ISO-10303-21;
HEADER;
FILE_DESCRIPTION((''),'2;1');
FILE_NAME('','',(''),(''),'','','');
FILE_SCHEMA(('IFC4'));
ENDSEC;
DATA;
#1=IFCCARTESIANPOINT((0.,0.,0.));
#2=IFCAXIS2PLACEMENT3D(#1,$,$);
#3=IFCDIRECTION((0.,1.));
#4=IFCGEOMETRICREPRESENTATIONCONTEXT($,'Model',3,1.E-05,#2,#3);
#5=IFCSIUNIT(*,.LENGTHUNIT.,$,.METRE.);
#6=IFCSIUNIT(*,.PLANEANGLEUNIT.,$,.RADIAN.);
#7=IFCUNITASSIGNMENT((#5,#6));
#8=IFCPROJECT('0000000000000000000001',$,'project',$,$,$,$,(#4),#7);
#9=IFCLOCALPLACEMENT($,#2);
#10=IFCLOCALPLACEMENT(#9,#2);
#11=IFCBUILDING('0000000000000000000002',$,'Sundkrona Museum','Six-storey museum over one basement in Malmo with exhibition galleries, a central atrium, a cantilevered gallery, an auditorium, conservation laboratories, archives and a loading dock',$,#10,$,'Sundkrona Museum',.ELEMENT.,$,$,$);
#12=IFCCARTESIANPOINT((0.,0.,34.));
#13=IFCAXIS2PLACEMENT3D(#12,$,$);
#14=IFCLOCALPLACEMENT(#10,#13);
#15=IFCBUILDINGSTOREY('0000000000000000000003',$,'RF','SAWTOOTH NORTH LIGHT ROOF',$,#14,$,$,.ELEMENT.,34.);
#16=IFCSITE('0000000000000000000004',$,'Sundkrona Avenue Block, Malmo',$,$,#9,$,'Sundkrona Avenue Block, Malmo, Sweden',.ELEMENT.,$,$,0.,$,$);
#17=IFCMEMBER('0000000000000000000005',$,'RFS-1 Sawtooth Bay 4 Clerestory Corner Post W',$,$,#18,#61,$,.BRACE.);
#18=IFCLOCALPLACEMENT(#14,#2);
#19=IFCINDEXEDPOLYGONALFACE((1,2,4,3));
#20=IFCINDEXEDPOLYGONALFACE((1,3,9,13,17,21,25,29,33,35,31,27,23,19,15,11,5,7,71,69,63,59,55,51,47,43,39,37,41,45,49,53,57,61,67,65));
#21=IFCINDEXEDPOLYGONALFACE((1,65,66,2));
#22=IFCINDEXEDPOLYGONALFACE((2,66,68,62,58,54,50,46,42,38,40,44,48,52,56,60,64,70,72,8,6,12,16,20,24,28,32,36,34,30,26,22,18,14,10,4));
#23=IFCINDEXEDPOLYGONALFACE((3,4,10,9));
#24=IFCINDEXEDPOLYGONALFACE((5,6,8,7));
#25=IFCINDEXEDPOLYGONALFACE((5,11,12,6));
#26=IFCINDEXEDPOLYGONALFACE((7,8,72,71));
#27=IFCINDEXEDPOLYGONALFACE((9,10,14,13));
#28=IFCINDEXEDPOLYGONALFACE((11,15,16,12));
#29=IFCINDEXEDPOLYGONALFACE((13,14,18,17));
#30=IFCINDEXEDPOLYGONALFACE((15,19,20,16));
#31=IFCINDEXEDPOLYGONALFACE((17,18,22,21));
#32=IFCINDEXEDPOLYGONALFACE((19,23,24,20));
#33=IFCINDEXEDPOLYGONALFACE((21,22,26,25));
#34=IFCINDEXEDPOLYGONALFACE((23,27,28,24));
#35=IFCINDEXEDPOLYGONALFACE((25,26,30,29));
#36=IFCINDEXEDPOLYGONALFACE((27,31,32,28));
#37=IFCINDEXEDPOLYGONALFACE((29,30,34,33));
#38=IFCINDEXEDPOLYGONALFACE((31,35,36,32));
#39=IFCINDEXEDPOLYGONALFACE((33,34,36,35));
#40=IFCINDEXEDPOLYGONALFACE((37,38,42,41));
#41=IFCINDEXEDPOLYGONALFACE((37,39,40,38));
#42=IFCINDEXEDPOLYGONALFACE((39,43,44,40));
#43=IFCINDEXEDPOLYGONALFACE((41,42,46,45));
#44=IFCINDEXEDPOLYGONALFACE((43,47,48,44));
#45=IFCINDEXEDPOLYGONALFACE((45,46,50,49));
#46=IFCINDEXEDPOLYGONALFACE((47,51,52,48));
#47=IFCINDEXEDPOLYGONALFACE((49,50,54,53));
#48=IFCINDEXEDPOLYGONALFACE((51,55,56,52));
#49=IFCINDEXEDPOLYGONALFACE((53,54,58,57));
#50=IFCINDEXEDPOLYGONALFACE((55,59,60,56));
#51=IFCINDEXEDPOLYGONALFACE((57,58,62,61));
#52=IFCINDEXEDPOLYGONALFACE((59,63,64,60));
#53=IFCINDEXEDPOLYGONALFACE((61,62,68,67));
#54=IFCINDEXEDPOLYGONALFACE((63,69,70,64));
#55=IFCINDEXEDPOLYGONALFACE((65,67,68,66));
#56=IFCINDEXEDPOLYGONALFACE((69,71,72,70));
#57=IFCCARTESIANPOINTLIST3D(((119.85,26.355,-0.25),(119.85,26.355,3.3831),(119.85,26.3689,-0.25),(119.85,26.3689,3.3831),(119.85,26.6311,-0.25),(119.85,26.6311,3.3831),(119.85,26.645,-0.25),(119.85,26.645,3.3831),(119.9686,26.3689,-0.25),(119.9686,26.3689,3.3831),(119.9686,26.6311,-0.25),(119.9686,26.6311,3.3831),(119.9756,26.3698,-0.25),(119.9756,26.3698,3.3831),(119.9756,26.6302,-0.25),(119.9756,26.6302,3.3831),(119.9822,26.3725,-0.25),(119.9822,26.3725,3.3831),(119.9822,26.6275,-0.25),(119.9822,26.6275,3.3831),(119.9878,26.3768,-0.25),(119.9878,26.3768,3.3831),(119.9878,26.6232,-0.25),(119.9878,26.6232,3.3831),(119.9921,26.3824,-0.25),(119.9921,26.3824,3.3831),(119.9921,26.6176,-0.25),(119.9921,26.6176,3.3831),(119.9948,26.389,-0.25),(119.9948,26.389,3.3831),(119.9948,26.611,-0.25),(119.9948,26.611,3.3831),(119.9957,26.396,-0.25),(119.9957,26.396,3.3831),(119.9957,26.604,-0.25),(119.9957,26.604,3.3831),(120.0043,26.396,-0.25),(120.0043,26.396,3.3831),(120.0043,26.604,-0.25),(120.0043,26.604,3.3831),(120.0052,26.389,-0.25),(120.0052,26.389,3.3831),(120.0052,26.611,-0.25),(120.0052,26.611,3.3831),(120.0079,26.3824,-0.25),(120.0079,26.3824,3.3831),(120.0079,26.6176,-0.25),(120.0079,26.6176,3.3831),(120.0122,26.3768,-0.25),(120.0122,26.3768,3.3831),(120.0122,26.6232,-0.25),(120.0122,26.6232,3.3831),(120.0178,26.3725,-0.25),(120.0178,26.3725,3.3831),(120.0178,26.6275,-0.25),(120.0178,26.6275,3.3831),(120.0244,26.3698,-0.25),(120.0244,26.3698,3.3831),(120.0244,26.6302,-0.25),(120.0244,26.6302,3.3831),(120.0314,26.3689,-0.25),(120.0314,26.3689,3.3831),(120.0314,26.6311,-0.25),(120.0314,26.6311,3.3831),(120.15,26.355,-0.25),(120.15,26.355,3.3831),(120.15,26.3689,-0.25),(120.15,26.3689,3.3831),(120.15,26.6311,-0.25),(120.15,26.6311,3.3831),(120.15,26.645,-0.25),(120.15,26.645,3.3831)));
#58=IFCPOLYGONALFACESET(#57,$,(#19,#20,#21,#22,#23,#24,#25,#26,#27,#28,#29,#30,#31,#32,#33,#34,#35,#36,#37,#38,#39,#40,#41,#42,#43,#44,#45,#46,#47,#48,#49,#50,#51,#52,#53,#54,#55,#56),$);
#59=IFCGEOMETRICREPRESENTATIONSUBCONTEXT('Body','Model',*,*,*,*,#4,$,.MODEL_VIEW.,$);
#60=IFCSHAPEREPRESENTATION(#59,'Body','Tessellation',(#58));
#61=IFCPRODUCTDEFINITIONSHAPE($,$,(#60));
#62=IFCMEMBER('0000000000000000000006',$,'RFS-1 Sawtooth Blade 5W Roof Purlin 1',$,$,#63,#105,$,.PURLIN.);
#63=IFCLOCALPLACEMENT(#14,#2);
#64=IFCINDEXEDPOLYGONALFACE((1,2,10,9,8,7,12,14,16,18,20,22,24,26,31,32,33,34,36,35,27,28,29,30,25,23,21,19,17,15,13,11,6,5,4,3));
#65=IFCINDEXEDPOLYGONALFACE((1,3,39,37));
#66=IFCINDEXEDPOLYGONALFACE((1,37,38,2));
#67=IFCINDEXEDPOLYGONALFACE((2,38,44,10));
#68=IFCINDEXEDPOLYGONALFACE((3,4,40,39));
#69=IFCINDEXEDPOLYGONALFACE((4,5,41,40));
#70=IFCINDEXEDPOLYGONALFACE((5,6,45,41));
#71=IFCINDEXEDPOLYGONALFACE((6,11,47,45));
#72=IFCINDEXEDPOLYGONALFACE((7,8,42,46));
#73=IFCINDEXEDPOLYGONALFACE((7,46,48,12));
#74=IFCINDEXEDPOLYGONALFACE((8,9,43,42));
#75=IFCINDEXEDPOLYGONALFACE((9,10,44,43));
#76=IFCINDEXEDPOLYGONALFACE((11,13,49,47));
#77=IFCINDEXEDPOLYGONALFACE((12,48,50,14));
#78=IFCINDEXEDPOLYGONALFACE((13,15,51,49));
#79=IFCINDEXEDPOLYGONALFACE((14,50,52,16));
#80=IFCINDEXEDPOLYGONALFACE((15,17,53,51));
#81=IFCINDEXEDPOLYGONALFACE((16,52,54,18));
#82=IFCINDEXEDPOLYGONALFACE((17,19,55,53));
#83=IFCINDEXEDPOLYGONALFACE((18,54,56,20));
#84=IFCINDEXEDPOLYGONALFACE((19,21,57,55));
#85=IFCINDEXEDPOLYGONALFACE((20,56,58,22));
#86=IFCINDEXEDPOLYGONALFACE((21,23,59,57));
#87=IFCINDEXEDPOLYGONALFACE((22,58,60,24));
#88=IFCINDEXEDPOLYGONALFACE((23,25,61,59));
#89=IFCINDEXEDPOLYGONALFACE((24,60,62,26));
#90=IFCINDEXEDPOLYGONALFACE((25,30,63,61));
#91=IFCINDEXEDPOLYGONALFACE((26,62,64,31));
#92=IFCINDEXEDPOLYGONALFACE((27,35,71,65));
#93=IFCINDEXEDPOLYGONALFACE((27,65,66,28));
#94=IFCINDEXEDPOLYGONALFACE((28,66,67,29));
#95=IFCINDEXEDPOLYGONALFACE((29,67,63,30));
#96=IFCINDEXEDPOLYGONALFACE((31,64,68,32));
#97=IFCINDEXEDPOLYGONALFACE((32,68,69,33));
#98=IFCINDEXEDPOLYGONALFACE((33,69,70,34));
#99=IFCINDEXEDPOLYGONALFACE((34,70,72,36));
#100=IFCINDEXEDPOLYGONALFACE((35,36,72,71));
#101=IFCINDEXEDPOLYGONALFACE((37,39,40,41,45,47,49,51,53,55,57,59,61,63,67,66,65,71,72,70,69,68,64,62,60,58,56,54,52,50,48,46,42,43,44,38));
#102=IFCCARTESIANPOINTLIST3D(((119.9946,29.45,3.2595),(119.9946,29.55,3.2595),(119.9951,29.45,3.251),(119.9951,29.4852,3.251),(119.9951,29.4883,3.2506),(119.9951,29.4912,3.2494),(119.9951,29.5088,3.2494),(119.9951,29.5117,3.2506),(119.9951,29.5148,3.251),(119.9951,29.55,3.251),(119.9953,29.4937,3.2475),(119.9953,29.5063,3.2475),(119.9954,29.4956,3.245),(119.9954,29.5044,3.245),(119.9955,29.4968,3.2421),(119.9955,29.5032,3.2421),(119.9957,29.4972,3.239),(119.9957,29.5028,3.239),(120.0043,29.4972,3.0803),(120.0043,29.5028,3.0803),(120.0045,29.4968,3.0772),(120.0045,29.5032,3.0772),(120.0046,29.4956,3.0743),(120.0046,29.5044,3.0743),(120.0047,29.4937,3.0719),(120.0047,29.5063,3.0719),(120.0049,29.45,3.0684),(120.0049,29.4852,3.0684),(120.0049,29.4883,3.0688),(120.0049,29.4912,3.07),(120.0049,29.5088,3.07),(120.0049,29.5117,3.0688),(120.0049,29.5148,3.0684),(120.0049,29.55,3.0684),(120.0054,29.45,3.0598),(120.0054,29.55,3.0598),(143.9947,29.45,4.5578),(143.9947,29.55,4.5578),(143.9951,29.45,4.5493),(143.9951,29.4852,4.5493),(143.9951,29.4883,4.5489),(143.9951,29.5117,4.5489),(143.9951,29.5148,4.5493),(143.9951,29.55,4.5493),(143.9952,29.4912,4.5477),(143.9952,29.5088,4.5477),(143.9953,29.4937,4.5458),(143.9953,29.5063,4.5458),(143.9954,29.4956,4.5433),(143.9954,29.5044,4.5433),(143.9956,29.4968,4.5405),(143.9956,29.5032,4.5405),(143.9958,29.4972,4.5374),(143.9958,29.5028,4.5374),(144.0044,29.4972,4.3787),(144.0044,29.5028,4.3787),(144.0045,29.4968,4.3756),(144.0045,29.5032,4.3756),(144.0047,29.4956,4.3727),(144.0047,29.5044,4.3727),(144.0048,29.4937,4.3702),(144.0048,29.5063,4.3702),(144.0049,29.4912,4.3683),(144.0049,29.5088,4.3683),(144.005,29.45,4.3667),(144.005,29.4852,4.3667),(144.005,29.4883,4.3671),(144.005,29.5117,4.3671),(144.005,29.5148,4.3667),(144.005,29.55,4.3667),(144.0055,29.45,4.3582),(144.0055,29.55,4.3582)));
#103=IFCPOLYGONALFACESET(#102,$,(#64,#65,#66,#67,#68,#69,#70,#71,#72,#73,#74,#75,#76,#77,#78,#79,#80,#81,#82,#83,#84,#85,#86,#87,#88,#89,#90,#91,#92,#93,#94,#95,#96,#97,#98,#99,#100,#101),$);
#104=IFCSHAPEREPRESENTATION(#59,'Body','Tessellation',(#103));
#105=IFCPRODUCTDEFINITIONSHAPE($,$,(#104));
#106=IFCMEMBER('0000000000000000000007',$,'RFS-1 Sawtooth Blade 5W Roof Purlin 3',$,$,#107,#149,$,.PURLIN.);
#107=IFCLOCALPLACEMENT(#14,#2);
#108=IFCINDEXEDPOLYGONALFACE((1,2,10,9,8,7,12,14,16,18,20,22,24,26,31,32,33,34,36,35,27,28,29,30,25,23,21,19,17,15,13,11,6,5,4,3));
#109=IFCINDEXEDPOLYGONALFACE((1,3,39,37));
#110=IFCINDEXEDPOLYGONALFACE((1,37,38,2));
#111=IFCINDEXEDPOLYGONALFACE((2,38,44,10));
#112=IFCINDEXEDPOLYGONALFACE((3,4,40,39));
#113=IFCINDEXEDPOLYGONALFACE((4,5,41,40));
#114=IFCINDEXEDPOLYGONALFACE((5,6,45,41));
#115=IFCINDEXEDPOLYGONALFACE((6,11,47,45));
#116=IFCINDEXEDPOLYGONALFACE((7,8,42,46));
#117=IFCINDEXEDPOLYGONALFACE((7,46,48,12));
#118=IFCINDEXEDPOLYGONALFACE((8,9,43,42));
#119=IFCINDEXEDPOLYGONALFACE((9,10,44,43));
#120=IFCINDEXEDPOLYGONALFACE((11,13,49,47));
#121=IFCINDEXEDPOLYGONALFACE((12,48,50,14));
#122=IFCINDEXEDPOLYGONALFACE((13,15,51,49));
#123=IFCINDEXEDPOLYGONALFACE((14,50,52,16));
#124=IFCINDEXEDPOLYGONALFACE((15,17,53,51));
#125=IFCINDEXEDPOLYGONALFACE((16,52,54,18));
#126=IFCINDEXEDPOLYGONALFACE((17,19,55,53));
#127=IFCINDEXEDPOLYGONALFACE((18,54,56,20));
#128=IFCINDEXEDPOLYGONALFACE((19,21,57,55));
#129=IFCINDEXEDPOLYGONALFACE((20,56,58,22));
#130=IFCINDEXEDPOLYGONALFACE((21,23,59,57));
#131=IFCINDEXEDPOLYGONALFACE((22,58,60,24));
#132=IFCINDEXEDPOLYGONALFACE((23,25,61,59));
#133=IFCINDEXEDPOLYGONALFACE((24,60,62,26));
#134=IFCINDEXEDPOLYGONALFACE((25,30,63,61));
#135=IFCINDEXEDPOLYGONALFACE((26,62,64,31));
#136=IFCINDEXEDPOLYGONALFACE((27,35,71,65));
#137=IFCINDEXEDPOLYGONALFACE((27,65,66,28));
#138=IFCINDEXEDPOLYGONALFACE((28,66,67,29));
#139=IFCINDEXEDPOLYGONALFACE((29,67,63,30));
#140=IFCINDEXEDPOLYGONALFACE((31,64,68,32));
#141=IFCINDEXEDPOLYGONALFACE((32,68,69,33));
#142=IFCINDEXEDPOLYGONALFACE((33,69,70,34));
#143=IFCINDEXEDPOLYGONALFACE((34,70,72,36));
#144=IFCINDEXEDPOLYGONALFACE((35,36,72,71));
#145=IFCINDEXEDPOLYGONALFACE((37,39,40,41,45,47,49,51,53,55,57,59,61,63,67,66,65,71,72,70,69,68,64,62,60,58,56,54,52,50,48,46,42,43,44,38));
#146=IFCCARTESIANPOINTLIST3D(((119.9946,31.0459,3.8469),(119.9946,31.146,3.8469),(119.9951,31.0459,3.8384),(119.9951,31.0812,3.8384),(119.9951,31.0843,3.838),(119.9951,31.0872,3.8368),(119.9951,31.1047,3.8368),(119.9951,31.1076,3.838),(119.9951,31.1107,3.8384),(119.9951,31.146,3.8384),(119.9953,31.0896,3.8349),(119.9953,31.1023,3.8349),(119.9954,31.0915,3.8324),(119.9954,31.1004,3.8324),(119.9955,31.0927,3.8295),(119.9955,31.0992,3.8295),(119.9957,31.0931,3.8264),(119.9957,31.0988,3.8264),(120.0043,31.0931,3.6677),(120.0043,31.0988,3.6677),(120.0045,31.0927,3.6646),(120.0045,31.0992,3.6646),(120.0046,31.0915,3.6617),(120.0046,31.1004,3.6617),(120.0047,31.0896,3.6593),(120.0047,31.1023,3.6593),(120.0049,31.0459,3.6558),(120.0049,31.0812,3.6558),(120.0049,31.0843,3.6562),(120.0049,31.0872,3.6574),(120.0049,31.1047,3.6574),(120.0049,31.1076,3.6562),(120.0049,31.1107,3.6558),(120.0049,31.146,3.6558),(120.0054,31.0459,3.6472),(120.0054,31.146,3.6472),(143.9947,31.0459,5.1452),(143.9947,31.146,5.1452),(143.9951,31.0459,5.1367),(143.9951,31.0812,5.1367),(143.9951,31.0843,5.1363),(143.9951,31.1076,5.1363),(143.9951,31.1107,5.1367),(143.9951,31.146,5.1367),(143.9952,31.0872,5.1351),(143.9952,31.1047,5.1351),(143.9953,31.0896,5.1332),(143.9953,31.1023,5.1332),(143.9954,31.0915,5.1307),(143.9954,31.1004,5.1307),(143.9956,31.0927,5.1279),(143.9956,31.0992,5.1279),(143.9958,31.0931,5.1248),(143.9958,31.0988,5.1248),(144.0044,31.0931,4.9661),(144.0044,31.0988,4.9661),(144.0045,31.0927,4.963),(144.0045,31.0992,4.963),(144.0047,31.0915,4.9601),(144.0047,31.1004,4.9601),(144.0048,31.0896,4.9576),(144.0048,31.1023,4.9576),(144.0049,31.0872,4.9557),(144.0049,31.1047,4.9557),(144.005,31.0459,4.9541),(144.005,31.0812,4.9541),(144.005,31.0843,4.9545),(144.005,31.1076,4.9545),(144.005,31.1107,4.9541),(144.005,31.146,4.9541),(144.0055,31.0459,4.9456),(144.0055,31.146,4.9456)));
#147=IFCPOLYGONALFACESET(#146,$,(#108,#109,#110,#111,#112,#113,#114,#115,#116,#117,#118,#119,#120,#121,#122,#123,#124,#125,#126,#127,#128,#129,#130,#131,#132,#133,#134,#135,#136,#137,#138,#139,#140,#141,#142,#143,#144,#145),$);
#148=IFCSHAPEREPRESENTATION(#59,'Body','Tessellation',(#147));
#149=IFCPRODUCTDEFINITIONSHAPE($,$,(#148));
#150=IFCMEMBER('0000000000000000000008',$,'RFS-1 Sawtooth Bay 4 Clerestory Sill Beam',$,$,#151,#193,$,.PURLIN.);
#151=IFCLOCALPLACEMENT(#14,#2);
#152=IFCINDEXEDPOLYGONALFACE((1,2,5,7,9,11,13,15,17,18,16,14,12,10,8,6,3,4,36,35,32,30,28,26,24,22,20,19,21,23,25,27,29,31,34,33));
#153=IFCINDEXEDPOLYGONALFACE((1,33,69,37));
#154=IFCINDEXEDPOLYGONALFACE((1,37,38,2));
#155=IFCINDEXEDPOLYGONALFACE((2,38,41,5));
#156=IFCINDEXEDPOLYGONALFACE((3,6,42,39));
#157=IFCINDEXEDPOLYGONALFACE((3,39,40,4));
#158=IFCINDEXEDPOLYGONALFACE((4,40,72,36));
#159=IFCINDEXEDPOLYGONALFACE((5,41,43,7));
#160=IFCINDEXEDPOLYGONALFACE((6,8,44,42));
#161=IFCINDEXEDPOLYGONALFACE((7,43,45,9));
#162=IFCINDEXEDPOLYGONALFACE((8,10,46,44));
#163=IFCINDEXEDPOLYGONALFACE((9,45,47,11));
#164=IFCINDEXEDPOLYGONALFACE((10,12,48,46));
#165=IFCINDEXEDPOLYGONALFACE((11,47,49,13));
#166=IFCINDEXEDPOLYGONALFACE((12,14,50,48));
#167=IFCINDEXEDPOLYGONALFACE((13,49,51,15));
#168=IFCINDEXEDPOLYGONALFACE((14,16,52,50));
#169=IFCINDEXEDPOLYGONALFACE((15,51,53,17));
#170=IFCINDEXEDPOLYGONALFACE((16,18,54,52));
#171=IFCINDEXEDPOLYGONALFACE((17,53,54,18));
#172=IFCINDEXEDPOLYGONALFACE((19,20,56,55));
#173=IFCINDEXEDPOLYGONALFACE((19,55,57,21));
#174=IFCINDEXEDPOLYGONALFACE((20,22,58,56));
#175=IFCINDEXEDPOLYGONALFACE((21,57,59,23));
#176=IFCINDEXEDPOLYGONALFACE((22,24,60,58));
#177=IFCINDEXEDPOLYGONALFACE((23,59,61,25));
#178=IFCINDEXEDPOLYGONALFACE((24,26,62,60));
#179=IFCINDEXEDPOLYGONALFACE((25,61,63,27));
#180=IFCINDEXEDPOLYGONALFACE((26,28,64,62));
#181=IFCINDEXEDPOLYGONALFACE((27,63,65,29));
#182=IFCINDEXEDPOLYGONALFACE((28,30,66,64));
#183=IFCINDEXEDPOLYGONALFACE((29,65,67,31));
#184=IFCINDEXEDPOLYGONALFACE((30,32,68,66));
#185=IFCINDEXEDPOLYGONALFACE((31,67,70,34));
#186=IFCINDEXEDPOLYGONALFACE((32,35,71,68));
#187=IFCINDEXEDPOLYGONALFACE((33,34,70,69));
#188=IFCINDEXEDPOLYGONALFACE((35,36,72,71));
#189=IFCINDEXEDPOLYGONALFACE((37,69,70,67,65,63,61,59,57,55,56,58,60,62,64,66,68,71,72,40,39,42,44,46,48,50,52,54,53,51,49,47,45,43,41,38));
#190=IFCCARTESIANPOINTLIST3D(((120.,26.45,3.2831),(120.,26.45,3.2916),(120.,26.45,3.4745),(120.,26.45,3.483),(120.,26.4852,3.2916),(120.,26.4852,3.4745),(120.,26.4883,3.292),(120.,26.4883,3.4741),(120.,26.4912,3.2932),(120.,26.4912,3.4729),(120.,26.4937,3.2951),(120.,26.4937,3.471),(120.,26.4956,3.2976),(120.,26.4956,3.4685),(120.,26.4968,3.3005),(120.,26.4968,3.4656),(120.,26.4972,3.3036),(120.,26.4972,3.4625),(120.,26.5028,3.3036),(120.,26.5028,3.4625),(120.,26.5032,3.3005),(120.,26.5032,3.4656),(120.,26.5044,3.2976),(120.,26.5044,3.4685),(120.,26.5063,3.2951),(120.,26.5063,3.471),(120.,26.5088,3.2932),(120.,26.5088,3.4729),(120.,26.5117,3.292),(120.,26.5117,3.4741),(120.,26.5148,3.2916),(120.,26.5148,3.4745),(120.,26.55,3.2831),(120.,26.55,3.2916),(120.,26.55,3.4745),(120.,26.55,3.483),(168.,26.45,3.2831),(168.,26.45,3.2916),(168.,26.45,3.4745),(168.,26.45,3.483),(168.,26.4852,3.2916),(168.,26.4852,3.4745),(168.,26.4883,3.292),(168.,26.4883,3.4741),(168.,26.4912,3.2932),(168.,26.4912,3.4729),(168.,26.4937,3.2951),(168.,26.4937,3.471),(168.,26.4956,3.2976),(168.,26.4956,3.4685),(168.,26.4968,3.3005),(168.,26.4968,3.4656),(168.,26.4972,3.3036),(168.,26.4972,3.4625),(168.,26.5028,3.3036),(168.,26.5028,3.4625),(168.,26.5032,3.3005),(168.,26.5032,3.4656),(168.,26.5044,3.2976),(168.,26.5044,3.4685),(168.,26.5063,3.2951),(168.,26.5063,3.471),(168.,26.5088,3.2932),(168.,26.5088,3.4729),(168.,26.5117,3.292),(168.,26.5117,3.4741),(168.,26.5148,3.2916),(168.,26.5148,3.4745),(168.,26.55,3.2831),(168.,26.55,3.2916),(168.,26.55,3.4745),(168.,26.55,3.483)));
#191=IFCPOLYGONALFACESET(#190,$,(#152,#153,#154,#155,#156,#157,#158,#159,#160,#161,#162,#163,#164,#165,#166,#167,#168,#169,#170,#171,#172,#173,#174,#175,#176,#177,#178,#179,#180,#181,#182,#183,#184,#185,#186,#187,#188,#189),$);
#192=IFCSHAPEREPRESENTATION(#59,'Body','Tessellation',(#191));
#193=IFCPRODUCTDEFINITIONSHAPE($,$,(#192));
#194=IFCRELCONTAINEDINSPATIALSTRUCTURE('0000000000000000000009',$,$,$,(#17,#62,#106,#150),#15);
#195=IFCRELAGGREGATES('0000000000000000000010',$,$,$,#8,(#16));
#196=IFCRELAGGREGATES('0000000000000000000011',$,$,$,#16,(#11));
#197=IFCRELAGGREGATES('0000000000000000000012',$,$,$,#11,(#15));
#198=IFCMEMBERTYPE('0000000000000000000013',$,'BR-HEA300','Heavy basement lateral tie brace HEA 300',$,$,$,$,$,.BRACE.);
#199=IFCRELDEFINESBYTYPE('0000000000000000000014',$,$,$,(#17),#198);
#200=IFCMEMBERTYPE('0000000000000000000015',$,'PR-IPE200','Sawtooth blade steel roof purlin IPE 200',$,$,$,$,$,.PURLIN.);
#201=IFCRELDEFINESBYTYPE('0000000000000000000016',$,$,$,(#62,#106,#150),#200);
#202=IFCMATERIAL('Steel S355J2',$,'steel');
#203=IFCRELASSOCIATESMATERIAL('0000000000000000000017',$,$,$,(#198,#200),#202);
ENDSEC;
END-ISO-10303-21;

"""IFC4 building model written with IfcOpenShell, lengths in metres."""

from ifc_helpers import new_model, si_unit, direction, frame, origin, origin_2d, place, context, subcontext, project, spatial, i_section, extrude, material, material_profile, profile_set, type_object, element, save


model = new_model("IFC4")

# Units and contexts
model_context = context("Model", 3, precision=1e-05, world=origin(), true_north=direction((0.0, 1.0)))
body_context = subcontext(model_context, "Body", "Model", "MODEL_VIEW")
ifc_project = project(units=[si_unit("LENGTHUNIT", "METRE"), si_unit("PLANEANGLEUNIT", "RADIAN")], contexts=[model_context])

# Site, building, storey
site_placement = place(None, origin())
site = spatial("IfcSite", under=ifc_project, at=site_placement, Name="Sundkrona Avenue Block, Malmo", LongName="Sundkrona Avenue Block, Malmo, Sweden", CompositionType="ELEMENT", RefElevation=0.0)
building_placement = place(site_placement, origin())
building = spatial("IfcBuilding", under=site, at=building_placement, Name="Sundkrona Museum", Description="Six-storey museum over one basement in Malmo with exhibition galleries, a central atrium, a cantilevered gallery, an auditorium, conservation laboratories, archives and a loading dock", LongName="Sundkrona Museum", CompositionType="ELEMENT")
storey_placement = place(building_placement, frame((0.0, 0.0, 34.0)))
storey = spatial("IfcBuildingStorey", under=building, at=storey_placement, Name="RF", Description="SAWTOOTH NORTH LIGHT ROOF", CompositionType="ELEMENT", Elevation=34.0)

# Members
ifc_material_1 = material(Name="Steel S355J2", Category="steel")
ifc_material_profile_1 = material_profile(ifc_material_1, i_section(OverallWidth=0.3, OverallDepth=0.29, WebThickness=0.0085, FlangeThickness=0.0139, FilletRadius=0.0271, at=origin_2d()), Name="HEA 300")
ifc_profile_set_1 = profile_set([ifc_material_profile_1], Name="Steel S355J2")
member_type_1 = type_object("IfcMemberType", Name="BR-HEA300", Description="Heavy basement lateral tie brace HEA 300", PredefinedType="BRACE", material=ifc_profile_set_1)
member_1_placement = place(storey_placement, frame((120.0, 26.5, -0.25), z_axis=(0.0, 0.0, 1.0), x_axis=(1.0, 0.0, 0.0)))
element("IfcMember", 1, at=member_1_placement, inside=storey, type_object=member_type_1, Name="RFS-1 Sawtooth Bay 4 Clerestory Corner Post W", PredefinedType="BRACE", context=body_context, shape_type="SweptSolid", body=[
    extrude(i_section(OverallWidth=0.3, OverallDepth=0.29, WebThickness=0.0085, FlangeThickness=0.0139, FilletRadius=0.0271, at=origin_2d()), origin(), (0.0, 0.0, 1.0), 3.6331),
])
ifc_material_profile_2 = material_profile(ifc_material_1, i_section(OverallWidth=0.1001, OverallDepth=0.2, WebThickness=0.0056, FlangeThickness=0.0085, FilletRadius=0.012, at=origin_2d()), Name="IPE 200")
ifc_profile_set_2 = profile_set([ifc_material_profile_2], Name="Steel S355J2")
member_type_2 = type_object("IfcMemberType", Name="PR-IPE200", Description="Sawtooth blade steel roof purlin IPE 200", PredefinedType="PURLIN", material=ifc_profile_set_2)
for number, where, z_axis, x_axis, name in (
    (2, (120.0, 29.5, 3.1597), (0.99854, 0.0, 0.054019), (0.0, 1.0, 0.0), "RFS-1 Sawtooth Blade 5W Roof Purlin 1"),
    (3, (120.0, 31.0959, 3.7471), (0.99854, 0.0, 0.054019), (0.0, 1.0, 0.0), "RFS-1 Sawtooth Blade 5W Roof Purlin 3"),
):
    element("IfcMember", number, at=place(storey_placement, frame(where, z_axis=z_axis, x_axis=x_axis)), inside=storey, type_object=member_type_2, Name=name, PredefinedType="PURLIN", context=body_context, shape_type="SweptSolid", body=[
        extrude(i_section(OverallWidth=0.1001, OverallDepth=0.2, WebThickness=0.0056, FlangeThickness=0.0085, FilletRadius=0.012, at=origin_2d()), origin(), (0.0, 0.0, 1.0), 24.0352),
    ])
member_2_placement = place(storey_placement, frame((120.0, 26.5, 3.3831), z_axis=(1.0, 0.0, 0.0), x_axis=(0.0, 1.0, 0.0)))
element("IfcMember", 4, at=member_2_placement, inside=storey, type_object=member_type_2, Name="RFS-1 Sawtooth Bay 4 Clerestory Sill Beam", PredefinedType="PURLIN", context=body_context, shape_type="SweptSolid", body=[
    extrude(i_section(OverallWidth=0.1001, OverallDepth=0.2, WebThickness=0.0056, FlangeThickness=0.0085, FilletRadius=0.012, at=origin_2d()), origin(), (0.0, 0.0, 1.0), 48.0),
])

save(model, "model.ifc")
